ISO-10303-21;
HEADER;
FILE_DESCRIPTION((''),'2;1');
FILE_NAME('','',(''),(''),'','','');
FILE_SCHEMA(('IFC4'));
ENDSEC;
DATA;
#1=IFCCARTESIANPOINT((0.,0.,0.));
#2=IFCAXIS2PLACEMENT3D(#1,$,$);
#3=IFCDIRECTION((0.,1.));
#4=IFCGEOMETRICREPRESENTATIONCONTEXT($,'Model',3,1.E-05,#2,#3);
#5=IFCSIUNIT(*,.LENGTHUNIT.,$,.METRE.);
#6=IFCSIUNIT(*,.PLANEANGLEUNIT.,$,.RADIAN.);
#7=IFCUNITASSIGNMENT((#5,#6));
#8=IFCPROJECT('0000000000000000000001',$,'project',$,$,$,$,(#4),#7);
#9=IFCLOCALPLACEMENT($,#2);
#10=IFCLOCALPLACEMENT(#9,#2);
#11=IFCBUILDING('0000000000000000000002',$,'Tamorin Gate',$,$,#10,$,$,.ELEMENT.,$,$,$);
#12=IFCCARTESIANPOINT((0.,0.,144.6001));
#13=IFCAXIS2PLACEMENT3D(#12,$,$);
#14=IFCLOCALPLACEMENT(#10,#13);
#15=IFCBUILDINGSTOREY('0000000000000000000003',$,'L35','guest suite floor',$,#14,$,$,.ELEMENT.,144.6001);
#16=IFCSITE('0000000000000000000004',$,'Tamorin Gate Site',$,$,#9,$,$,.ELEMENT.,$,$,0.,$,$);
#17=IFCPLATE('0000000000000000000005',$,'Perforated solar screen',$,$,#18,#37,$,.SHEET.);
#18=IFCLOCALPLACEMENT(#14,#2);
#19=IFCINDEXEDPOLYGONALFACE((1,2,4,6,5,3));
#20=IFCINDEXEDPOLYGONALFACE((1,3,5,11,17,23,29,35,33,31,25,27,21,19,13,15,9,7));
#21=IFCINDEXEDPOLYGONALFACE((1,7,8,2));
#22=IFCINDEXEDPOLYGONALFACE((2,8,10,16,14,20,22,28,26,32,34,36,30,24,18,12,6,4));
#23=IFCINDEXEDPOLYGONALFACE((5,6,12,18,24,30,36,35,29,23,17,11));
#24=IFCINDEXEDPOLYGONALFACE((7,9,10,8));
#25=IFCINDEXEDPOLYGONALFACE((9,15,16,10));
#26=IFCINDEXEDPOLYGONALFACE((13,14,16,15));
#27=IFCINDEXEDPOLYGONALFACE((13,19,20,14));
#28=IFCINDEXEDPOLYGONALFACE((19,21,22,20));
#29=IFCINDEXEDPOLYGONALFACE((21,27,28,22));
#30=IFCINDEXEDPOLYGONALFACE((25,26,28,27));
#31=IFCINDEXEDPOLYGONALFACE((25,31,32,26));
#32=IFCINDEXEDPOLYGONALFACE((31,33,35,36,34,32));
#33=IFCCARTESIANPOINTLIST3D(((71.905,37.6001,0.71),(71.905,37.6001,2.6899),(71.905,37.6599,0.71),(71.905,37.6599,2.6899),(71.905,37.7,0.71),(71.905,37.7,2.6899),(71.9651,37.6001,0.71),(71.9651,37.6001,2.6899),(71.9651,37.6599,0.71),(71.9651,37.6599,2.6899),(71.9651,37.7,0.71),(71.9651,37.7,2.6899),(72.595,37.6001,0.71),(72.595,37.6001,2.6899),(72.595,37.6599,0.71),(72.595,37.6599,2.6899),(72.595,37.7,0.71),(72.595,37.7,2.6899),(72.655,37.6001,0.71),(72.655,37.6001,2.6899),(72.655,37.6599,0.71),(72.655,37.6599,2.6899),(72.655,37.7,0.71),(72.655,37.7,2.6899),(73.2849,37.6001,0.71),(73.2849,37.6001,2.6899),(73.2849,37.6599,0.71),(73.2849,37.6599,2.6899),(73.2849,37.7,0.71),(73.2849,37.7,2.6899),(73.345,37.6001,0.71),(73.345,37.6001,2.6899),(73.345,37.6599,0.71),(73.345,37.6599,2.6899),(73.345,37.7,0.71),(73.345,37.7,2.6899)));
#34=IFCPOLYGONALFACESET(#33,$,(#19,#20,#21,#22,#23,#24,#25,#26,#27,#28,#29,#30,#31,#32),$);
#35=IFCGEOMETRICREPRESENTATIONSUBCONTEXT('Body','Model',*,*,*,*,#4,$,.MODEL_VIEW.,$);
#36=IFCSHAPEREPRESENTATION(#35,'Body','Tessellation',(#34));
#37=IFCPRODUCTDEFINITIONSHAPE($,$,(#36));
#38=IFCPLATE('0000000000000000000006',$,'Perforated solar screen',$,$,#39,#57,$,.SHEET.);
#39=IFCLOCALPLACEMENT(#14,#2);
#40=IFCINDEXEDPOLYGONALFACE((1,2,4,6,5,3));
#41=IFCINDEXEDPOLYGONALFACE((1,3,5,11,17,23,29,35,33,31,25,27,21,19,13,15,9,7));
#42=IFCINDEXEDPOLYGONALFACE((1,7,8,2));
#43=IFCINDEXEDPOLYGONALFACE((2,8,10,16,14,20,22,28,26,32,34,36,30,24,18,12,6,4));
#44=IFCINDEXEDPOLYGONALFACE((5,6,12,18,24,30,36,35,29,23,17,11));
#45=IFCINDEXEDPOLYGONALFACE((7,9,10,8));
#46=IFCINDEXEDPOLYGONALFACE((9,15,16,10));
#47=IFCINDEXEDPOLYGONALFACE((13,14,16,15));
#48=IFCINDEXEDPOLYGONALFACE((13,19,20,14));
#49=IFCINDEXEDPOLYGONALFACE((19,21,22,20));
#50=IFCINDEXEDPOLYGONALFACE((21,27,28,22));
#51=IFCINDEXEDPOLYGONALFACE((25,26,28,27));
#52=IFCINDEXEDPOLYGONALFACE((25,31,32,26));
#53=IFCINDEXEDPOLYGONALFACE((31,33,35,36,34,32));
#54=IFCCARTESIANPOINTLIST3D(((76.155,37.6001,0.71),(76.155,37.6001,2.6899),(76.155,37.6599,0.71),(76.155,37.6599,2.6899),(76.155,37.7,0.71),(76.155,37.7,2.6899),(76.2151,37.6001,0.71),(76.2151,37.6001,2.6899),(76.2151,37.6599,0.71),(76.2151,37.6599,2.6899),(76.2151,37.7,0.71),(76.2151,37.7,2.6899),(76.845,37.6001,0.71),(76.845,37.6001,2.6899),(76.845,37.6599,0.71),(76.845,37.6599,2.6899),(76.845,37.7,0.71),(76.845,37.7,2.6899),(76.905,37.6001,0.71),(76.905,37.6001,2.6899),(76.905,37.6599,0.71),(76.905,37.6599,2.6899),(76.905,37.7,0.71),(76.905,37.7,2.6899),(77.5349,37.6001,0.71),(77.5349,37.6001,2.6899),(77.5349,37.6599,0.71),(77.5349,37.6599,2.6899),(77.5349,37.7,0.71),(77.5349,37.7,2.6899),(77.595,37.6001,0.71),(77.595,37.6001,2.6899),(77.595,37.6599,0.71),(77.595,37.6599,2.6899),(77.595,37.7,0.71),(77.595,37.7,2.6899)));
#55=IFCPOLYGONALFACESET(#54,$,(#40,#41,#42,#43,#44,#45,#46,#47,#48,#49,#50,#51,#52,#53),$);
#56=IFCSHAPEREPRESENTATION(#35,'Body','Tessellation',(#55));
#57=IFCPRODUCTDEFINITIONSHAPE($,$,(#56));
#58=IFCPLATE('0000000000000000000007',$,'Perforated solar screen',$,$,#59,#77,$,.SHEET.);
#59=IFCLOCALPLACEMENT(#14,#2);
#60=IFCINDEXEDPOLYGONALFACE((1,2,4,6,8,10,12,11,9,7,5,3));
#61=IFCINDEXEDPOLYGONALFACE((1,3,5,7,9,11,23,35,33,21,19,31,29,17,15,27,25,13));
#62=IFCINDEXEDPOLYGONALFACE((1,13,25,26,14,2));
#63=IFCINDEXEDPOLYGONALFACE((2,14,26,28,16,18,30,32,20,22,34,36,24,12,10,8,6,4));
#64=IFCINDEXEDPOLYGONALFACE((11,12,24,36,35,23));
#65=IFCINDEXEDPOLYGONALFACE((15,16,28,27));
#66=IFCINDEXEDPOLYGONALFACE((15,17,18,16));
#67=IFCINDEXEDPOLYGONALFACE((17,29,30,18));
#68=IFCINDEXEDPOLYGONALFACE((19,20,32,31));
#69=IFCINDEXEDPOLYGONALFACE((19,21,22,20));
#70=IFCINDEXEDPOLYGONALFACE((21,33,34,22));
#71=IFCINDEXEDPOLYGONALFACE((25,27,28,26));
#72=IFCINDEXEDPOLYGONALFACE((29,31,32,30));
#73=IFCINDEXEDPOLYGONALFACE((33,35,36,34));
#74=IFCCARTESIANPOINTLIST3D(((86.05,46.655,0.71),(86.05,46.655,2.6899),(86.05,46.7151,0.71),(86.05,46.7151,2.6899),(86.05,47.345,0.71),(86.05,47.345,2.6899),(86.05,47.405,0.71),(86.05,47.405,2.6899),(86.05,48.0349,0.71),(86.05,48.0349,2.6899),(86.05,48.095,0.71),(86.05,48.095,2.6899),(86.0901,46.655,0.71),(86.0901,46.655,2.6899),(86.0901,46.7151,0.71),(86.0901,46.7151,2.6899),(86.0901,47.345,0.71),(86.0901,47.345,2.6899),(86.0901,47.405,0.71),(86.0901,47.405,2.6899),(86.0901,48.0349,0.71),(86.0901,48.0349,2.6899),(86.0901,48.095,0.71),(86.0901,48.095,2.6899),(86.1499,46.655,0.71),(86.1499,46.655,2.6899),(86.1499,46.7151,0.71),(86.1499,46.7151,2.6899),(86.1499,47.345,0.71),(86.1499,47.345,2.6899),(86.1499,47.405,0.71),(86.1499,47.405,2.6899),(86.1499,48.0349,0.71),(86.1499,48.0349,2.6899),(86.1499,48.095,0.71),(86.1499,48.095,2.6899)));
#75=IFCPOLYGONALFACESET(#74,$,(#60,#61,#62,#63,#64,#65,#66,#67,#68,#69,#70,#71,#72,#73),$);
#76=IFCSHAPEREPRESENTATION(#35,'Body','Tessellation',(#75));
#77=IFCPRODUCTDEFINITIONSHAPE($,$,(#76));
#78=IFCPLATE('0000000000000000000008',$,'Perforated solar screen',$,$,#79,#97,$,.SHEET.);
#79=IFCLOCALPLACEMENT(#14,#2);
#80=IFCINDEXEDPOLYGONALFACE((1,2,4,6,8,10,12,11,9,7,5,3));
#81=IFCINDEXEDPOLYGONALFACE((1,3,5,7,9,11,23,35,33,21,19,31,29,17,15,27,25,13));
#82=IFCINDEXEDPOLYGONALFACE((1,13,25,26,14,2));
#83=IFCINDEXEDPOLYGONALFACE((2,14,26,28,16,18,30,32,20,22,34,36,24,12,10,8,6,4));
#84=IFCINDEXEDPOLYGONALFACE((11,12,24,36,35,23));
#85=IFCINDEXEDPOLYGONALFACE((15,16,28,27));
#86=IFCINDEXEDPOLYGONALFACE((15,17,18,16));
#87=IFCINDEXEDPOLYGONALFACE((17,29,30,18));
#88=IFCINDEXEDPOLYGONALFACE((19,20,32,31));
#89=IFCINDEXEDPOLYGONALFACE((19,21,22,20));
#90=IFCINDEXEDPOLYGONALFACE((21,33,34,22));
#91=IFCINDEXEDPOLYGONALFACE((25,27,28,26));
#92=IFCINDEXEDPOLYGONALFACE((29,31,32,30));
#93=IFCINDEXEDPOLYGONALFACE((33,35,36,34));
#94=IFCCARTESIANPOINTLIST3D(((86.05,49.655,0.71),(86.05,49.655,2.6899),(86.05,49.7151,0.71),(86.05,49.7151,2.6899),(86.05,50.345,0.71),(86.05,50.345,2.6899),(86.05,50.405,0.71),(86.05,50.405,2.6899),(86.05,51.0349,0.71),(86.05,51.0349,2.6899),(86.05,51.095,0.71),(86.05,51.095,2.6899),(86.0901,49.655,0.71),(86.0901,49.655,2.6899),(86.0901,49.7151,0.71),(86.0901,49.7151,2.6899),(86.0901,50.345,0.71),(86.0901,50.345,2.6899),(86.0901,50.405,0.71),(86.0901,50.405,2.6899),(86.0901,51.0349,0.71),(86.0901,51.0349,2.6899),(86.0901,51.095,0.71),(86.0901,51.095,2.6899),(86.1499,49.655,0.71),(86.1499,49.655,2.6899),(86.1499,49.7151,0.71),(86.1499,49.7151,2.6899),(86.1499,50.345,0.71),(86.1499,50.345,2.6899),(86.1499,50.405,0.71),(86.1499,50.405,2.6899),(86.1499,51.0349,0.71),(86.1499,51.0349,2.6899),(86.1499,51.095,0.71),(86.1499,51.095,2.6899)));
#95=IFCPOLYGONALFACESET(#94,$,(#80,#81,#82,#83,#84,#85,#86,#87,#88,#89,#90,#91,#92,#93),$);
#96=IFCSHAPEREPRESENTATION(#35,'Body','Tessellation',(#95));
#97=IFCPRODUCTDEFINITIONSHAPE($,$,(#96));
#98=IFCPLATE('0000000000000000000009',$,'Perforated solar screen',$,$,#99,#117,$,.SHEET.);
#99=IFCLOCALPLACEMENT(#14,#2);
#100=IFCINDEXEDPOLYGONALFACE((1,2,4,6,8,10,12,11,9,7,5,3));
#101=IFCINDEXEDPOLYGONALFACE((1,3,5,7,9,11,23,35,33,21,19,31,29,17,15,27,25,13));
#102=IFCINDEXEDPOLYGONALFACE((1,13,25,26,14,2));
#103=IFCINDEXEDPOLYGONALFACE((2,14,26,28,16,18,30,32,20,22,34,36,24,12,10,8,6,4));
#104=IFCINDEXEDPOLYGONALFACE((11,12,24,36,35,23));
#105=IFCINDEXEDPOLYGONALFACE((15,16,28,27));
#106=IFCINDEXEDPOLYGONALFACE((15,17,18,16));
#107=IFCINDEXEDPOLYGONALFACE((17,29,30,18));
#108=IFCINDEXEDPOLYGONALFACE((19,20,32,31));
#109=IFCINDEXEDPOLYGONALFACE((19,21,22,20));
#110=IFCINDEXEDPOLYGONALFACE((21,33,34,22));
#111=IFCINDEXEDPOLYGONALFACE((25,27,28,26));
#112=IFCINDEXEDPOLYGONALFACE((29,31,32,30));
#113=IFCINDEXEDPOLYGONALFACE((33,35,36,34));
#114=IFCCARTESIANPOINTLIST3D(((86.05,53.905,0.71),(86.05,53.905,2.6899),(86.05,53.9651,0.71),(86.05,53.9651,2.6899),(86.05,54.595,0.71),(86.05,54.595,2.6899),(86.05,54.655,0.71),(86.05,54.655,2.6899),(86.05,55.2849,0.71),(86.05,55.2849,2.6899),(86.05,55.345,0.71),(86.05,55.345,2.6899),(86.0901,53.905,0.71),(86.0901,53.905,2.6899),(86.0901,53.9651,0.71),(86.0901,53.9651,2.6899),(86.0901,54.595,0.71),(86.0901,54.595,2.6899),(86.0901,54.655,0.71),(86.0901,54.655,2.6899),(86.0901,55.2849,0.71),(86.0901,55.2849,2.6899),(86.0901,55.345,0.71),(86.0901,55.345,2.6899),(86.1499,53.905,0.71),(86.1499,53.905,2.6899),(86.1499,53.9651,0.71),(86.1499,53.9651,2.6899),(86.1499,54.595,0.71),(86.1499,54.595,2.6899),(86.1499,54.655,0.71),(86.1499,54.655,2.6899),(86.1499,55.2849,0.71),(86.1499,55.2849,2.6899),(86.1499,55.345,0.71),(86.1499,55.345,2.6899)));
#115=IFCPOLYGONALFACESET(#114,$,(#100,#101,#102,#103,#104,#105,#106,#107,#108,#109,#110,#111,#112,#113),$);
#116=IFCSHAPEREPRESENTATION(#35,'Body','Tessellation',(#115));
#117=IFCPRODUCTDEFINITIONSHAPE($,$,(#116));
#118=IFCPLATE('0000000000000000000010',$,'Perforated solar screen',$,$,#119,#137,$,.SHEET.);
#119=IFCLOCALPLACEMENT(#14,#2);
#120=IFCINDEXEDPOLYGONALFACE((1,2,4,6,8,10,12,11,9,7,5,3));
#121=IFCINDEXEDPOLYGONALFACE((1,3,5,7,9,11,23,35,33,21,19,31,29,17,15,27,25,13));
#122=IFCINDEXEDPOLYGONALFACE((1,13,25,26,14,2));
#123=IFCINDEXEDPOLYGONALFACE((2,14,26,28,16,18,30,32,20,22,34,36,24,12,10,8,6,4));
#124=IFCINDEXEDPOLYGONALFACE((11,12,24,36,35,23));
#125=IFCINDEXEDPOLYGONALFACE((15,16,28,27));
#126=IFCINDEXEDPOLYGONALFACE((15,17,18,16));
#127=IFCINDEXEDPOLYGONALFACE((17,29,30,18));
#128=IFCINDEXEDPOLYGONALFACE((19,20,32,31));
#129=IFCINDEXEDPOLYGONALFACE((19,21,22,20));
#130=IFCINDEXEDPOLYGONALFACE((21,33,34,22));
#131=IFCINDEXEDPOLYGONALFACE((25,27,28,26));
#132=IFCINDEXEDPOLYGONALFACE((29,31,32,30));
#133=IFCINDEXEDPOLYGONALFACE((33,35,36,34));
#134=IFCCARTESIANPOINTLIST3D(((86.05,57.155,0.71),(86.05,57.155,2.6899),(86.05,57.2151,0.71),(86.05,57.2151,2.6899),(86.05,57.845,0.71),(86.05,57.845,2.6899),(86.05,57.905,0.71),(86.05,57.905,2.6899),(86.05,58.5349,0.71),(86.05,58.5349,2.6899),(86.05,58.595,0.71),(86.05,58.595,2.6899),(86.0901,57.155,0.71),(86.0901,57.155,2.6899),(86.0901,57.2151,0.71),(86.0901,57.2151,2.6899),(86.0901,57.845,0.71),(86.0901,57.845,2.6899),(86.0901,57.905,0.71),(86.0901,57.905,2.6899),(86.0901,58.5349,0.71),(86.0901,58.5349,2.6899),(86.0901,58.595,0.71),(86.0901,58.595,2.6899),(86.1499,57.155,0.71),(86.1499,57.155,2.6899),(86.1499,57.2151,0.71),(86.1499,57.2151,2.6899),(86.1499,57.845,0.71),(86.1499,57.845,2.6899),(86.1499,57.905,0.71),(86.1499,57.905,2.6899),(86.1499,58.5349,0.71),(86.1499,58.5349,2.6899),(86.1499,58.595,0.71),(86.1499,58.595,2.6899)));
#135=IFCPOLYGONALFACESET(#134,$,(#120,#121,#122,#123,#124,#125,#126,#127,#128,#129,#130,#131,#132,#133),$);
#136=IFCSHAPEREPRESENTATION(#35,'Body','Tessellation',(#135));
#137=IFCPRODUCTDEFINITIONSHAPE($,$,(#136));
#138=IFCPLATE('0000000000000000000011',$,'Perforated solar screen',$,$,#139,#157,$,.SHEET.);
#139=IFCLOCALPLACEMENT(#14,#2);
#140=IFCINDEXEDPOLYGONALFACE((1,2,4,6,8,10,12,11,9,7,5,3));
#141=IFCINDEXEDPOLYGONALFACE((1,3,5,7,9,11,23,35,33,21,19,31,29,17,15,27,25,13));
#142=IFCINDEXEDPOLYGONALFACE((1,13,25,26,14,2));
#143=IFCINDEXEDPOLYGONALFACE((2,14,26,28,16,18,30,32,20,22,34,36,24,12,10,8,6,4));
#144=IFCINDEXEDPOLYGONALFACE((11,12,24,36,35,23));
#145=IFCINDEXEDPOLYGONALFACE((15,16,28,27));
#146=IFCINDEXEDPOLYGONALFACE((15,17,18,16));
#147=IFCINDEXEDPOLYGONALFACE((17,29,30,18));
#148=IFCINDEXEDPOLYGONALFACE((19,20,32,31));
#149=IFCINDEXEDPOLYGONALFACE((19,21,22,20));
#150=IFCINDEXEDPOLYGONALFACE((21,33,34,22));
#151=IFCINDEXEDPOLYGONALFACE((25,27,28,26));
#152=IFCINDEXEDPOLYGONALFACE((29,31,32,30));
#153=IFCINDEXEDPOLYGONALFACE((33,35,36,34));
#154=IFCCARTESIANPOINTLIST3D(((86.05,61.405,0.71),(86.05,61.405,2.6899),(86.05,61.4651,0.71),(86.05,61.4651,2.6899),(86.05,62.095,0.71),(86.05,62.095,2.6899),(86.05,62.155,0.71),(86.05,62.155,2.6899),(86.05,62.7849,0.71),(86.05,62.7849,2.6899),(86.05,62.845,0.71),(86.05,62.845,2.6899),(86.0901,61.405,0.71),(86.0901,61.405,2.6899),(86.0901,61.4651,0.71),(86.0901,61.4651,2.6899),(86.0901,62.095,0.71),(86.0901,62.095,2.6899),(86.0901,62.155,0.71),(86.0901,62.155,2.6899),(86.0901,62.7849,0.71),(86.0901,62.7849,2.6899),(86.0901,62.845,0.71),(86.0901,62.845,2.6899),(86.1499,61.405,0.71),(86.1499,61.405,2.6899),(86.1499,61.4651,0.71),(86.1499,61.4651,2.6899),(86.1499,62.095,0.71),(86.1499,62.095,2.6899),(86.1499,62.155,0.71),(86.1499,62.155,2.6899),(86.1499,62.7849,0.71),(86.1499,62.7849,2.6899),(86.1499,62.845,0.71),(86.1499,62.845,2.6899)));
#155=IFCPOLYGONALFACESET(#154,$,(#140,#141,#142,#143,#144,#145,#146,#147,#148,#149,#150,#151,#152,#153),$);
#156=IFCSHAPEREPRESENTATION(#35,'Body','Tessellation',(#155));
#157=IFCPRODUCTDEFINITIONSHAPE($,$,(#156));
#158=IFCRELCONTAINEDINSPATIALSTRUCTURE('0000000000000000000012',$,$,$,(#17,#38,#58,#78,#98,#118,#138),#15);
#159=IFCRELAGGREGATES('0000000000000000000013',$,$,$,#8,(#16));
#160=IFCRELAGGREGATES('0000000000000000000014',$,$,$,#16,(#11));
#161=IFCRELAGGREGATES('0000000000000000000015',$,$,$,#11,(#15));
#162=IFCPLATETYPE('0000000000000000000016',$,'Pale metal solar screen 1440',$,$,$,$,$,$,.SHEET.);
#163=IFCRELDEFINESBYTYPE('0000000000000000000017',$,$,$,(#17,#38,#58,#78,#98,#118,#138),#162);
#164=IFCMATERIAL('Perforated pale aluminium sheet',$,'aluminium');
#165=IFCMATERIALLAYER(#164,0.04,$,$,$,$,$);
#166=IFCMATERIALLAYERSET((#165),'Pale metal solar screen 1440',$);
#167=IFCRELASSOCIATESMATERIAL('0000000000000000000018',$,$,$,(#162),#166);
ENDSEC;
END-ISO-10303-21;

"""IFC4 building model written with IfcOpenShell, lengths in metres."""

from ifc_helpers import new_model, si_unit, direction, frame, origin, place, context, subcontext, project, spatial, polyline, outline, extrude, material, layer, layer_set, type_object, element, save


model = new_model("IFC4")

# Units and contexts
model_context = context("Model", 3, precision=1e-05, world=origin(), true_north=direction((0.0, 1.0)))
body_context = subcontext(model_context, "Body", "Model", "MODEL_VIEW")
ifc_project = project(units=[si_unit("LENGTHUNIT", "METRE"), si_unit("PLANEANGLEUNIT", "RADIAN")], contexts=[model_context])

# Site, building, storey
site_placement = place(None, origin())
site = spatial("IfcSite", under=ifc_project, at=site_placement, Name="Tamorin Gate Site", CompositionType="ELEMENT", RefElevation=0.0)
building_placement = place(site_placement, origin())
building = spatial("IfcBuilding", under=site, at=building_placement, Name="Tamorin Gate", CompositionType="ELEMENT")
storey_placement = place(building_placement, frame((0.0, 0.0, 144.6001)))
storey = spatial("IfcBuildingStorey", under=building, at=storey_placement, Name="L35", Description="guest suite floor", CompositionType="ELEMENT", Elevation=144.6001)

# Plates
ifc_material_1 = material(Name="Perforated pale aluminium sheet", Category="aluminium")
ifc_layer_1 = layer(ifc_material_1, 0.04)
ifc_layer_set_1 = layer_set([ifc_layer_1], Name="Pale metal solar screen 1440")
plate_type_1 = type_object("IfcPlateType", Name="Pale metal solar screen 1440", PredefinedType="SHEET", material=ifc_layer_set_1)
plate_1_placement = place(storey_placement, frame((0.0, 0.0, 0.71)))
element("IfcPlate", 1, at=plate_1_placement, inside=storey, type_object=plate_type_1, Name="Perforated solar screen", PredefinedType="SHEET", context=body_context, shape_type="SweptSolid", body=[
    extrude(outline(polyline([(71.905, 37.6599), (71.905, 37.7), (71.9651, 37.7), (72.595, 37.7), (72.655, 37.7), (73.2849, 37.7), (73.345, 37.7), (73.345, 37.6599), (73.345, 37.6001), (73.2849, 37.6001), (73.2849, 37.6599), (72.655, 37.6599), (72.655, 37.6001), (72.595, 37.6001), (72.595, 37.6599), (71.9651, 37.6599), (71.9651, 37.6001), (71.905, 37.6001), (71.905, 37.6599)])), origin(), (0.0, 0.0, 1.0), 1.98),
])
plate_2_placement = place(storey_placement, frame((0.0, 0.0, 0.71)))
element("IfcPlate", 2, at=plate_2_placement, inside=storey, type_object=plate_type_1, Name="Perforated solar screen", PredefinedType="SHEET", context=body_context, shape_type="SweptSolid", body=[
    extrude(outline(polyline([(76.155, 37.6599), (76.155, 37.7), (76.2151, 37.7), (76.845, 37.7), (76.905, 37.7), (77.5349, 37.7), (77.595, 37.7), (77.595, 37.6599), (77.595, 37.6001), (77.5349, 37.6001), (77.5349, 37.6599), (76.905, 37.6599), (76.905, 37.6001), (76.845, 37.6001), (76.845, 37.6599), (76.2151, 37.6599), (76.2151, 37.6001), (76.155, 37.6001), (76.155, 37.6599)])), origin(), (0.0, 0.0, 1.0), 1.98),
])
plate_3_placement = place(storey_placement, frame((0.0, 0.0, 0.71)))
element("IfcPlate", 3, at=plate_3_placement, inside=storey, type_object=plate_type_1, Name="Perforated solar screen", PredefinedType="SHEET", context=body_context, shape_type="SweptSolid", body=[
    extrude(outline(polyline([(86.0901, 46.655), (86.05, 46.655), (86.05, 46.7151), (86.05, 47.345), (86.05, 47.405), (86.05, 48.0349), (86.05, 48.095), (86.05, 48.095), (86.0901, 48.095), (86.0901, 48.095), (86.1499, 48.095), (86.1499, 48.0349), (86.0901, 48.0349), (86.0901, 47.405), (86.1499, 47.405), (86.1499, 47.345), (86.0901, 47.345), (86.0901, 46.7151), (86.1499, 46.7151), (86.1499, 46.655), (86.0901, 46.655)])), origin(), (0.0, 0.0, 1.0), 1.98),
])
plate_4_placement = place(storey_placement, frame((0.0, 0.0, 0.71)))
element("IfcPlate", 4, at=plate_4_placement, inside=storey, type_object=plate_type_1, Name="Perforated solar screen", PredefinedType="SHEET", context=body_context, shape_type="SweptSolid", body=[
    extrude(outline(polyline([(86.0901, 49.655), (86.05, 49.655), (86.05, 49.7151), (86.05, 50.345), (86.05, 50.405), (86.05, 51.0349), (86.05, 51.095), (86.0901, 51.095), (86.1499, 51.095), (86.1499, 51.0349), (86.0901, 51.0349), (86.0901, 50.405), (86.1499, 50.405), (86.1499, 50.345), (86.0901, 50.345), (86.0901, 49.7151), (86.1499, 49.7151), (86.1499, 49.655), (86.0901, 49.655)])), origin(), (0.0, 0.0, 1.0), 1.98),
])
plate_5_placement = place(storey_placement, frame((0.0, 0.0, 0.71)))
element("IfcPlate", 5, at=plate_5_placement, inside=storey, type_object=plate_type_1, Name="Perforated solar screen", PredefinedType="SHEET", context=body_context, shape_type="SweptSolid", body=[
    extrude(outline(polyline([(86.0901, 53.905), (86.05, 53.905), (86.05, 53.9651), (86.05, 54.595), (86.05, 54.655), (86.05, 55.2849), (86.05, 55.345), (86.0901, 55.345), (86.1499, 55.345), (86.1499, 55.2849), (86.0901, 55.2849), (86.0901, 54.655), (86.1499, 54.655), (86.1499, 54.595), (86.0901, 54.595), (86.0901, 53.9651), (86.1499, 53.9651), (86.1499, 53.905), (86.0901, 53.905)])), origin(), (0.0, 0.0, 1.0), 1.98),
])
plate_6_placement = place(storey_placement, frame((0.0, 0.0, 0.71)))
element("IfcPlate", 6, at=plate_6_placement, inside=storey, type_object=plate_type_1, Name="Perforated solar screen", PredefinedType="SHEET", context=body_context, shape_type="SweptSolid", body=[
    extrude(outline(polyline([(86.0901, 57.155), (86.05, 57.155), (86.05, 57.2151), (86.05, 57.845), (86.05, 57.905), (86.05, 58.5349), (86.05, 58.595), (86.0901, 58.595), (86.1499, 58.595), (86.1499, 58.5349), (86.0901, 58.5349), (86.0901, 57.905), (86.1499, 57.905), (86.1499, 57.845), (86.0901, 57.845), (86.0901, 57.2151), (86.1499, 57.2151), (86.1499, 57.155), (86.0901, 57.155)])), origin(), (0.0, 0.0, 1.0), 1.98),
])
plate_7_placement = place(storey_placement, frame((0.0, 0.0, 0.71)))
element("IfcPlate", 7, at=plate_7_placement, inside=storey, type_object=plate_type_1, Name="Perforated solar screen", PredefinedType="SHEET", context=body_context, shape_type="SweptSolid", body=[
    extrude(outline(polyline([(86.0901, 61.405), (86.05, 61.405), (86.05, 61.4651), (86.05, 62.095), (86.05, 62.155), (86.05, 62.7849), (86.05, 62.845), (86.0901, 62.845), (86.1499, 62.845), (86.1499, 62.7849), (86.0901, 62.7849), (86.0901, 62.155), (86.1499, 62.155), (86.1499, 62.095), (86.0901, 62.095), (86.0901, 61.4651), (86.1499, 61.4651), (86.1499, 61.405), (86.0901, 61.405)])), origin(), (0.0, 0.0, 1.0), 1.98),
])

save(model, "model.ifc")
